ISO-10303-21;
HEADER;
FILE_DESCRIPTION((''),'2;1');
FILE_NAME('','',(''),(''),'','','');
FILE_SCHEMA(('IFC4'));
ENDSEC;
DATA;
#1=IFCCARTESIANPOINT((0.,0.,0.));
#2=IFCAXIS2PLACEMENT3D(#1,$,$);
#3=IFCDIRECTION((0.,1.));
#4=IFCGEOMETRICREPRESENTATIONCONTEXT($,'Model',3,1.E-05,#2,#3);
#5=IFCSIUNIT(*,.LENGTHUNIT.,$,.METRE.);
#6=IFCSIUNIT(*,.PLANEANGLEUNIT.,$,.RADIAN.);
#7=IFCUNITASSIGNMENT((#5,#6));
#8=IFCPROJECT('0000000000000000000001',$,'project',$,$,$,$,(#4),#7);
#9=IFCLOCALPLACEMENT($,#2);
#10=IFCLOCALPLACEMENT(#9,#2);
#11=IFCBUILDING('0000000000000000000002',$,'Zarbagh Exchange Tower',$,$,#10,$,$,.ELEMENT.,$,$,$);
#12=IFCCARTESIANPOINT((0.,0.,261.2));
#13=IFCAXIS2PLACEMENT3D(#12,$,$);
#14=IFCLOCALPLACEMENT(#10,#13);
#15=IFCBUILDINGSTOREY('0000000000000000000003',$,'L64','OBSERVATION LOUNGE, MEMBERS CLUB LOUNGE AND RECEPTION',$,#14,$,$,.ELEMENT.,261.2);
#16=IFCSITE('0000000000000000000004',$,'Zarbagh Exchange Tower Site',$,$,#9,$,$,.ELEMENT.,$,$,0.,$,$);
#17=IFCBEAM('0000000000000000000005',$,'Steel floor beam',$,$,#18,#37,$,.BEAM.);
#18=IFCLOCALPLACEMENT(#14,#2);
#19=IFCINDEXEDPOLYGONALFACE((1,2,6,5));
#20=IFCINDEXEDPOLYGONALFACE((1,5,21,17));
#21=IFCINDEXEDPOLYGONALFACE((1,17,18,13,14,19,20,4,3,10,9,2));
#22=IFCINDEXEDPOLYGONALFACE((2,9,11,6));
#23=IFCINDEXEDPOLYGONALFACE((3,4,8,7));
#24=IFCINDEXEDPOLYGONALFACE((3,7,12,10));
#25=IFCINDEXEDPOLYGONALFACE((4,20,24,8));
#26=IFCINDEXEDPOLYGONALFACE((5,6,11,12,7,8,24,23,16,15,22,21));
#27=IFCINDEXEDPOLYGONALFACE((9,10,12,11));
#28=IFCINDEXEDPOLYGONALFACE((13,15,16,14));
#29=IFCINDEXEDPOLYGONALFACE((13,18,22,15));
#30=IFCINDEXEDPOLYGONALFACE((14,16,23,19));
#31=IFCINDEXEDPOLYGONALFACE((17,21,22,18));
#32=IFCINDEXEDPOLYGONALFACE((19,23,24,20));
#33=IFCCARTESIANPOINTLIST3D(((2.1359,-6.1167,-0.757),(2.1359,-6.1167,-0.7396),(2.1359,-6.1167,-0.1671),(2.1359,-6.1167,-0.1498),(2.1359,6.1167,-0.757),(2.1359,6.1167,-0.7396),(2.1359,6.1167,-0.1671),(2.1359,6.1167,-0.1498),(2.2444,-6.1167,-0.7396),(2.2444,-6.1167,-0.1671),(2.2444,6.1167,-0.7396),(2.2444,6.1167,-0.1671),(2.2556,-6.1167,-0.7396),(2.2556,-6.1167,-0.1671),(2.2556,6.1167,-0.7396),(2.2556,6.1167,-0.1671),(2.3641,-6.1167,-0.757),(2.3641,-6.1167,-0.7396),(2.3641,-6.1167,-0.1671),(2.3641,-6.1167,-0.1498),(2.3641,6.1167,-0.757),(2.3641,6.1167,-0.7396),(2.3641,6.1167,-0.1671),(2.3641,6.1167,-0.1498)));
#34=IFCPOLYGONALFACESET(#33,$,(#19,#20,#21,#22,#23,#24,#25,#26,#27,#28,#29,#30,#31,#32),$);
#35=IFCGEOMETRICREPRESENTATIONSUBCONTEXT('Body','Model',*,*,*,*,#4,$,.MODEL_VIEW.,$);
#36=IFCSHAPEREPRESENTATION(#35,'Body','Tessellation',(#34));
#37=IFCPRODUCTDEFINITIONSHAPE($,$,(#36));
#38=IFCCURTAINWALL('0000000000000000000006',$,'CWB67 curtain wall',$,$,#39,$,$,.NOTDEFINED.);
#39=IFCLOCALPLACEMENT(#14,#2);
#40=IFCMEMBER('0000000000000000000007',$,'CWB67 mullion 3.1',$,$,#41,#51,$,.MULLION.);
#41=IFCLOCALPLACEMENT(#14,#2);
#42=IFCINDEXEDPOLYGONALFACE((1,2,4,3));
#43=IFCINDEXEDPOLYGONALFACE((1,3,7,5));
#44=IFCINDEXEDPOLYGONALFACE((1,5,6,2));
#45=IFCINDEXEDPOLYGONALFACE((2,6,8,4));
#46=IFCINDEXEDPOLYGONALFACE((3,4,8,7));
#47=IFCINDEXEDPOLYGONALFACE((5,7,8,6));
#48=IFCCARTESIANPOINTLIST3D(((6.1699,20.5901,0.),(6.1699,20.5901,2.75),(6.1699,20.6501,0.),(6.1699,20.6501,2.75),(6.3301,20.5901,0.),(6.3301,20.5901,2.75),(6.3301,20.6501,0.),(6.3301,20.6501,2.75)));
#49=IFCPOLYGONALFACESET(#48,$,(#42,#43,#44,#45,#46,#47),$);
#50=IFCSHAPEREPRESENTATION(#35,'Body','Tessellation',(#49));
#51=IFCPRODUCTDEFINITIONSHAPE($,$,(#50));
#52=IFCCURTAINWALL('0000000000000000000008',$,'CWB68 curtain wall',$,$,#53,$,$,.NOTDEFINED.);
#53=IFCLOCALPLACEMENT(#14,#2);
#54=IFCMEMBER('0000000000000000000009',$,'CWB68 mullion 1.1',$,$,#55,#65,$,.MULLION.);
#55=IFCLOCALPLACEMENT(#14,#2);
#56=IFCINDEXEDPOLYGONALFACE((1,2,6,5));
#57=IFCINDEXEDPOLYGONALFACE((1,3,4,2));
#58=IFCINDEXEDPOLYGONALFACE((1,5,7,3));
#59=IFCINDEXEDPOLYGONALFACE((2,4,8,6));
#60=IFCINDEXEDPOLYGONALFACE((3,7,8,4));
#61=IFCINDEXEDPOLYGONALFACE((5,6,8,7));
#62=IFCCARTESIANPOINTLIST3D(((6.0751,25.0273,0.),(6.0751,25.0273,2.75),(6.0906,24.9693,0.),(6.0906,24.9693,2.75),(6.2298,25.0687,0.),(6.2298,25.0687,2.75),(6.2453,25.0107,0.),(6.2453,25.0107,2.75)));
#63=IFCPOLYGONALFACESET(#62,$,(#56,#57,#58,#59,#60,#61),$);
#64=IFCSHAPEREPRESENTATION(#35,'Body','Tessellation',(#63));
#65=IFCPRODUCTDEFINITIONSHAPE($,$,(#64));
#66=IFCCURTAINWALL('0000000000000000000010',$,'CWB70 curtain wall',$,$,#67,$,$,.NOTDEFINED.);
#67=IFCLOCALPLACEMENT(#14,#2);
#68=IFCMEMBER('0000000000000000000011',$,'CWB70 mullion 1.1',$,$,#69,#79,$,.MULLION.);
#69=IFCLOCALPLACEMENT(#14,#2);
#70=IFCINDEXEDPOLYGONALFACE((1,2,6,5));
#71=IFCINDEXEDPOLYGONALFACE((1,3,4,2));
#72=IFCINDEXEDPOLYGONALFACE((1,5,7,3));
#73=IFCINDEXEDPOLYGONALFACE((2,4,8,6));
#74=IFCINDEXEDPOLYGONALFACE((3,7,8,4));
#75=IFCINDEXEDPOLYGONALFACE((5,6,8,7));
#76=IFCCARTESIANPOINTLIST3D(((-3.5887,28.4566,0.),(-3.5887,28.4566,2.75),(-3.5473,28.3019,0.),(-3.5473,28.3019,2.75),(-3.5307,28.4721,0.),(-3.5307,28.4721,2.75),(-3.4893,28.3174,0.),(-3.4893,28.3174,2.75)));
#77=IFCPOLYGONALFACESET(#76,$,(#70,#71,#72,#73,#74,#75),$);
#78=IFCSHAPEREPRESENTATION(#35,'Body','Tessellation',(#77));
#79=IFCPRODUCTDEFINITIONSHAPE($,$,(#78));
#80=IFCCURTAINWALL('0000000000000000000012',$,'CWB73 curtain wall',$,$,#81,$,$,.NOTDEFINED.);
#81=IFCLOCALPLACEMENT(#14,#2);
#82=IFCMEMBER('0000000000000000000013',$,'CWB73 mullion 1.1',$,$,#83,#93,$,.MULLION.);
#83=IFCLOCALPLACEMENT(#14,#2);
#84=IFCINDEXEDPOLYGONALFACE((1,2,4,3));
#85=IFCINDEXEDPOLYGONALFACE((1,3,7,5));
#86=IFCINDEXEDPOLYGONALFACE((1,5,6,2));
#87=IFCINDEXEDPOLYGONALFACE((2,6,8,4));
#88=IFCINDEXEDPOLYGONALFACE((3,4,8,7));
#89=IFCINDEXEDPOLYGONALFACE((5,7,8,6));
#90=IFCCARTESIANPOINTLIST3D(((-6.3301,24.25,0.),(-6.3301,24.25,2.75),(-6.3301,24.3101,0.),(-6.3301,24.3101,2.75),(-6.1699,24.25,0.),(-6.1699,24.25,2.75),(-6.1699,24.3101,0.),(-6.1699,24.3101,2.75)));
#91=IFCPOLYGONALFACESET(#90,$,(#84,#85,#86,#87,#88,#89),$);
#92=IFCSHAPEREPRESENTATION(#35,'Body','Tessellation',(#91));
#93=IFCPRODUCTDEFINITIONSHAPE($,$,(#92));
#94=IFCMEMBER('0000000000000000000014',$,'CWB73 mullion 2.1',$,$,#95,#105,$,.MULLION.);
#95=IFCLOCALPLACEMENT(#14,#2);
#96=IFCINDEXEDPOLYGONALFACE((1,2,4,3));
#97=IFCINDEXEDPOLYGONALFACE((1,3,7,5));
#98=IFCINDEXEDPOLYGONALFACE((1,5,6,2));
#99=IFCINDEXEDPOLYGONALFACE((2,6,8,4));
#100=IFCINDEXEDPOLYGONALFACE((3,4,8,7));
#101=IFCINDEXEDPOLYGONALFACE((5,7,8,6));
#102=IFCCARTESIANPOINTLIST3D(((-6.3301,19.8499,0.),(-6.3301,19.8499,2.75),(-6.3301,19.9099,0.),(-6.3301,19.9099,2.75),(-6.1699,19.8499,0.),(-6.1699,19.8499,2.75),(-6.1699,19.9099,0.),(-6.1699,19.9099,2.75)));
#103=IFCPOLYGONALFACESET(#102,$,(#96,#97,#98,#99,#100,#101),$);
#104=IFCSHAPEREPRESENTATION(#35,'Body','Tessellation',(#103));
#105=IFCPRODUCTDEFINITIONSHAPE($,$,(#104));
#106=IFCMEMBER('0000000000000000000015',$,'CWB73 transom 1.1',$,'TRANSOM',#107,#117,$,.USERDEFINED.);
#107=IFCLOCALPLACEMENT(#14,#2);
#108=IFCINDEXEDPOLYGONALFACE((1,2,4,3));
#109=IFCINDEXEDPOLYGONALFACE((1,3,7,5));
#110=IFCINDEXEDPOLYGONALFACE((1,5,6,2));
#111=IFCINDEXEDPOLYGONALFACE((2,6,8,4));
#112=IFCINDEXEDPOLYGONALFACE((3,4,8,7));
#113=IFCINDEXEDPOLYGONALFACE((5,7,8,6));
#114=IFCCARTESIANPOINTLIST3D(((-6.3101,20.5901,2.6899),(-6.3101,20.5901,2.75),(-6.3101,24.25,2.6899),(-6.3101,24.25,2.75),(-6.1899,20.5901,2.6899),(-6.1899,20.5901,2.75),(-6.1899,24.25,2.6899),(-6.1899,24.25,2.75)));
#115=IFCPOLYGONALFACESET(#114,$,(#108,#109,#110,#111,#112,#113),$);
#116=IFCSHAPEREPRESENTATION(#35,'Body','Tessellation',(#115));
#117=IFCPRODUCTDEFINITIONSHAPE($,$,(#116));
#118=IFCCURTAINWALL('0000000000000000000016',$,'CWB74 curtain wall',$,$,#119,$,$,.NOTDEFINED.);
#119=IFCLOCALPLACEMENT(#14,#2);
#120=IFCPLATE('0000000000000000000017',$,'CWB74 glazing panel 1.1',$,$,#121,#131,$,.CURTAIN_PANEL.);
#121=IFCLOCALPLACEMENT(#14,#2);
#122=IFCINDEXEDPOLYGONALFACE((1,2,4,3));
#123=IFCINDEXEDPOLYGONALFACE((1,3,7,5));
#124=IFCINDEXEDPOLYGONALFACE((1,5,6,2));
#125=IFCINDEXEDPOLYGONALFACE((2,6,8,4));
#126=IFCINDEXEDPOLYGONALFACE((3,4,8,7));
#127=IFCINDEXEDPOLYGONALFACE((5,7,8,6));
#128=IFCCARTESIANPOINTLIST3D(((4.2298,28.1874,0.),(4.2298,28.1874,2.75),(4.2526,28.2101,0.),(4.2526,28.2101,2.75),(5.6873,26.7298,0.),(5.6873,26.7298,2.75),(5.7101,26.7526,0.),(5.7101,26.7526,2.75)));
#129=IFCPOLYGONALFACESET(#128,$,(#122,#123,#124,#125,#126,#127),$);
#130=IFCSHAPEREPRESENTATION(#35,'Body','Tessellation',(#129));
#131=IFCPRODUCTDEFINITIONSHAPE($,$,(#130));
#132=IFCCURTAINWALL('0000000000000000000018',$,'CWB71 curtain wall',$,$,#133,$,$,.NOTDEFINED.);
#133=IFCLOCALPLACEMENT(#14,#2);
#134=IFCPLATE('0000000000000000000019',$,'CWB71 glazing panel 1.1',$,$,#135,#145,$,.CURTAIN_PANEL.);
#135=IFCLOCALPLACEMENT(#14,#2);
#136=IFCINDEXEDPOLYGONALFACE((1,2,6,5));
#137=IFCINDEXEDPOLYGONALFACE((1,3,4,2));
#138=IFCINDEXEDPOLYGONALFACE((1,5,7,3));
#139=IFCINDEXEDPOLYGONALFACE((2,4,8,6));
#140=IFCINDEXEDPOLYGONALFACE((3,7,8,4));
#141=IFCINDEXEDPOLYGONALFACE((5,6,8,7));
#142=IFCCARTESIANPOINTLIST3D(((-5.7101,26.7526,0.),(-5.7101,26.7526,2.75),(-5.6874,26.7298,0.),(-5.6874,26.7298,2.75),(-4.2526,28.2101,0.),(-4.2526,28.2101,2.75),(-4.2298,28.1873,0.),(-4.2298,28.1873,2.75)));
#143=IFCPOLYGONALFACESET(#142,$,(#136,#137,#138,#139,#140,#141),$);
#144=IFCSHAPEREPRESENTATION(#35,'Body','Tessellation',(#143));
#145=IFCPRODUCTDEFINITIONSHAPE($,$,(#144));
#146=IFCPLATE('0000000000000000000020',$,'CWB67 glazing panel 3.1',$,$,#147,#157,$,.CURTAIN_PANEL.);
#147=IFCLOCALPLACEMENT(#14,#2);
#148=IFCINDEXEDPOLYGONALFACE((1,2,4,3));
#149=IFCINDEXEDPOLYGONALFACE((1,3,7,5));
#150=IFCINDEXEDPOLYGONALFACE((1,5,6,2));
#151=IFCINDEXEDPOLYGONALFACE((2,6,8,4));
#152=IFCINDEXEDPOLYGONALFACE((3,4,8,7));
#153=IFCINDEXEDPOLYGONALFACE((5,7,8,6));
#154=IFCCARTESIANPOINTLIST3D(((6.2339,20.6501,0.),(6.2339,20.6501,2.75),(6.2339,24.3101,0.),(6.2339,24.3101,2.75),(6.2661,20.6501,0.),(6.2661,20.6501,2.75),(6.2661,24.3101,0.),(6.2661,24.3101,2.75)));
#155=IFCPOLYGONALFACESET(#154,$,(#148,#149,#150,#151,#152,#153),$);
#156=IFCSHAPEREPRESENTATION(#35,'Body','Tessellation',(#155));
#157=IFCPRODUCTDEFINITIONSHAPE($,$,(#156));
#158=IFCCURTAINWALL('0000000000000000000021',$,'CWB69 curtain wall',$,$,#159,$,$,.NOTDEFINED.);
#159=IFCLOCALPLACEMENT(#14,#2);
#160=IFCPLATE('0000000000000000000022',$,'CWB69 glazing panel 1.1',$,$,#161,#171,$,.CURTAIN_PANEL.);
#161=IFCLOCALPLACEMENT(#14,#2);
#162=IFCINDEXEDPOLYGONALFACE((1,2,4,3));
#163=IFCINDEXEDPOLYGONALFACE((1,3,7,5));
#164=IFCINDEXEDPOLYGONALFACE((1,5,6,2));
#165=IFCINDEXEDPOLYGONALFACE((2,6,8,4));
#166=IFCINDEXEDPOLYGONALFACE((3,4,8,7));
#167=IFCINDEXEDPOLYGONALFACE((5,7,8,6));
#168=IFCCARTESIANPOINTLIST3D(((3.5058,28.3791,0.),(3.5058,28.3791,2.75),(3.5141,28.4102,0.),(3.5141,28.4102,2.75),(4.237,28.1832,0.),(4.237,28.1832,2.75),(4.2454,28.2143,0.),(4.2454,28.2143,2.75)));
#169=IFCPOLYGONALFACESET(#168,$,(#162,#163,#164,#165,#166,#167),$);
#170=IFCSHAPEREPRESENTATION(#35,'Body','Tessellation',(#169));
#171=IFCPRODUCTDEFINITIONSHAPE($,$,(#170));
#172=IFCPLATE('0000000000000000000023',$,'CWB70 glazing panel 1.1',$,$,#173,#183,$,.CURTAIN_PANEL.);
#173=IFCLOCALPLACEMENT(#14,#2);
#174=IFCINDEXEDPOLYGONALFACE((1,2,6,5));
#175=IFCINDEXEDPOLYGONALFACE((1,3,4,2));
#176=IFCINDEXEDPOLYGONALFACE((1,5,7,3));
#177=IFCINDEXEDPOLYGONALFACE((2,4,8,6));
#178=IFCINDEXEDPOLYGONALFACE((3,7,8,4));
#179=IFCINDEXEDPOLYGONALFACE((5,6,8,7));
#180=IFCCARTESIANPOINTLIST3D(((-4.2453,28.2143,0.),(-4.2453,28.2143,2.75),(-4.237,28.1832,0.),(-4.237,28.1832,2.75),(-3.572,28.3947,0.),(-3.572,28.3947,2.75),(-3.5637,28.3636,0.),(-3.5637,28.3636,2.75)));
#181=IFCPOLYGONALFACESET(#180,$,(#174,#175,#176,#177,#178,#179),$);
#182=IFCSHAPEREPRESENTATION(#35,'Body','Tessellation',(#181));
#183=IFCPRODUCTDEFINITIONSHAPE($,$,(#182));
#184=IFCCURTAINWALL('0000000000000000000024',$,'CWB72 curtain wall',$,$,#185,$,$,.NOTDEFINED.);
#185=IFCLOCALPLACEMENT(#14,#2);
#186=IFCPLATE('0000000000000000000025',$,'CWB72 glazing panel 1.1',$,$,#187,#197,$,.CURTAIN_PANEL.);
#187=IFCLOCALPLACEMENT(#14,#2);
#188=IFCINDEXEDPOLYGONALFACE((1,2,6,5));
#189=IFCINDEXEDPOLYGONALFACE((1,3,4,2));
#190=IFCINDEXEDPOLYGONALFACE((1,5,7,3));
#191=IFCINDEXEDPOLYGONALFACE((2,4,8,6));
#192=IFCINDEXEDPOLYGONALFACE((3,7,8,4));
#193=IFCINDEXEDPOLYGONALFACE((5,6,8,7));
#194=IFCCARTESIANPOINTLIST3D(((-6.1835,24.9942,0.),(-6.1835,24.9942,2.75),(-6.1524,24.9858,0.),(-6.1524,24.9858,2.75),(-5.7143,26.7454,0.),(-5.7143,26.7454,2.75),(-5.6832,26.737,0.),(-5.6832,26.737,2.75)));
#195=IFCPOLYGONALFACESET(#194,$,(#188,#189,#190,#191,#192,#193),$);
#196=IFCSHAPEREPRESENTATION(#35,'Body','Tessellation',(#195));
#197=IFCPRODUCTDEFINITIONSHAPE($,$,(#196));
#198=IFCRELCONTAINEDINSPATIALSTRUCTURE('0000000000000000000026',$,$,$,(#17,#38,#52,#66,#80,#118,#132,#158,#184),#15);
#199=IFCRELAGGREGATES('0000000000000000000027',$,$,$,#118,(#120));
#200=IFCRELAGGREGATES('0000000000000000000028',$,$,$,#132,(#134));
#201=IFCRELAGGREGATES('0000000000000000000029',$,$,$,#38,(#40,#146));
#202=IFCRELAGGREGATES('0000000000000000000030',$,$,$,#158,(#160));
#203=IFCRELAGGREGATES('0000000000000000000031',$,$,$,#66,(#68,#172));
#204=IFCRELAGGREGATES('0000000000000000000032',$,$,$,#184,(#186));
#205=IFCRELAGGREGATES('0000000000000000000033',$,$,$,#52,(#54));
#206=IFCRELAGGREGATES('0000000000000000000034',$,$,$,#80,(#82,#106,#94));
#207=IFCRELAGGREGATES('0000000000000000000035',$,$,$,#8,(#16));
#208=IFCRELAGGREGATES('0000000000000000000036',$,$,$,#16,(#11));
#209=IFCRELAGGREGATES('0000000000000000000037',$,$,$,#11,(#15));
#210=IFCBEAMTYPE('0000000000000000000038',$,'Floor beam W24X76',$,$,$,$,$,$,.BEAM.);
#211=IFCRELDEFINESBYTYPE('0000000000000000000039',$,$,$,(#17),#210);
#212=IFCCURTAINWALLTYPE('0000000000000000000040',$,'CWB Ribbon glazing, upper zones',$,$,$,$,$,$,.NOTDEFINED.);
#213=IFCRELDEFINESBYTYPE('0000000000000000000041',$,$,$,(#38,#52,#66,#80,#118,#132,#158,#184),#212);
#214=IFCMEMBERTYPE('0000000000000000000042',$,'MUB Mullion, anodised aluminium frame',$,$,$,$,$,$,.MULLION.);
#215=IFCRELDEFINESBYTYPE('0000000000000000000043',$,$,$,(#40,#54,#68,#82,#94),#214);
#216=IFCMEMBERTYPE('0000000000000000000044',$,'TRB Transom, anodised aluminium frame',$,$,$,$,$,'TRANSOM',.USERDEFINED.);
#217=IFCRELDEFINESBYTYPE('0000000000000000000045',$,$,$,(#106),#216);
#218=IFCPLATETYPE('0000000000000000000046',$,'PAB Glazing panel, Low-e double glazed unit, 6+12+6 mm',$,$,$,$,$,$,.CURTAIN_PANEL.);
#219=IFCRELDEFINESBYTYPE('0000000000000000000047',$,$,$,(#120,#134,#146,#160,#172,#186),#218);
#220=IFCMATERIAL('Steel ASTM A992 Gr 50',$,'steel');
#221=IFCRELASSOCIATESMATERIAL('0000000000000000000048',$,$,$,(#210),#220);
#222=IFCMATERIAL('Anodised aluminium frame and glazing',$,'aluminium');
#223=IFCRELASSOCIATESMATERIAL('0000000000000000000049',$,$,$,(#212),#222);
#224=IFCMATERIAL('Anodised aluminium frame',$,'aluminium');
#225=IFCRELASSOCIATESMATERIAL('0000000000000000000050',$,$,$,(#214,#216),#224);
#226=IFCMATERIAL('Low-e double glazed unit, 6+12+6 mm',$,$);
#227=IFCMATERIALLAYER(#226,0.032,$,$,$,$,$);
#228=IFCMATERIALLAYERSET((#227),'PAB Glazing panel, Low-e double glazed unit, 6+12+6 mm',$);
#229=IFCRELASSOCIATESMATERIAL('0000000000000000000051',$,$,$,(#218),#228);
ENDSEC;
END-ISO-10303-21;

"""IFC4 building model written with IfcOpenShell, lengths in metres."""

from ifc_helpers import new_model, si_unit, direction, frame, origin, origin_2d, place, context, subcontext, project, spatial, polyline, i_section, outline, extrude, source, transform, mapped, material, layer, layer_set, material_profile, profile_set, type_object, element, aggregate, save


model = new_model("IFC4")

# Units and contexts
model_context = context("Model", 3, precision=1e-05, world=origin(), true_north=direction((0.0, 1.0)))
body_context = subcontext(model_context, "Body", "Model", "MODEL_VIEW")
ifc_project = project(units=[si_unit("LENGTHUNIT", "METRE"), si_unit("PLANEANGLEUNIT", "RADIAN")], contexts=[model_context])

# Site, building, storey
site_placement = place(None, origin())
site = spatial("IfcSite", under=ifc_project, at=site_placement, Name="Zarbagh Exchange Tower Site", CompositionType="ELEMENT", RefElevation=0.0)
building_placement = place(site_placement, origin())
building = spatial("IfcBuilding", under=site, at=building_placement, Name="Zarbagh Exchange Tower", CompositionType="ELEMENT")
storey_placement = place(building_placement, frame((0.0, 0.0, 261.2)))
storey = spatial("IfcBuildingStorey", under=building, at=storey_placement, Name="L64", Description="OBSERVATION LOUNGE, MEMBERS CLUB LOUNGE AND RECEPTION", CompositionType="ELEMENT", Elevation=261.2)

# Beam
ifc_material_1 = material(Name="Steel ASTM A992 Gr 50", Category="steel")
ifc_material_profile = material_profile(ifc_material_1, i_section(OverallWidth=0.2283, OverallDepth=0.6072, WebThickness=0.0112, FlangeThickness=0.0173, at=origin_2d()), Name="W24X76")
ifc_profile_set = profile_set([ifc_material_profile], Name="Steel ASTM A992 Gr 50")
beam_type = type_object("IfcBeamType", Name="Floor beam W24X76", PredefinedType="BEAM", material=ifc_profile_set)
beam_placement = place(storey_placement, frame((2.25, -6.1167, -0.4534), z_axis=(0.0, 1.0, 0.0), x_axis=(-1.0, 0.0, 0.0)))
element("IfcBeam", 1, at=beam_placement, inside=storey, type_object=beam_type, Name="Steel floor beam", PredefinedType="BEAM", context=body_context, shape_type="SweptSolid", body=[
    extrude(i_section(OverallWidth=0.2283, OverallDepth=0.6072, WebThickness=0.0112, FlangeThickness=0.0173, at=origin_2d()), origin(), (0.0, 0.0, 1.0), 12.2334),
])

# Curtain walls, members
ifc_material_2 = material(Name="Anodised aluminium frame and glazing", Category="aluminium")
curtain_wall_type = type_object("IfcCurtainWallType", Name="CWB Ribbon glazing, upper zones", PredefinedType="NOTDEFINED", material=ifc_material_2)
curtain_wall_1_placement = place(storey_placement, origin())
curtain_wall_1 = element("IfcCurtainWall", 2, at=curtain_wall_1_placement, inside=storey, type_object=curtain_wall_type, Name="CWB67 curtain wall", PredefinedType="NOTDEFINED")
ifc_material_3 = material(Name="Anodised aluminium frame", Category="aluminium")
member_type_1 = type_object("IfcMemberType", Name="MUB Mullion, anodised aluminium frame", PredefinedType="MULLION", material=ifc_material_3)
shared_shape_1 = source(origin(), body_context, "Body", "SweptSolid", [
    extrude(outline(polyline([(0.0, -0.0801), (0.0601, -0.0801), (0.0601, 0.0801), (0.0, 0.0801), (0.0, -0.0801)])), origin(), (0.0, 0.0, 1.0), 2.75),
])
placement = place(storey_placement, origin())
member_1 = element("IfcMember", 3, at=placement, type_object=member_type_1, Name="CWB67 mullion 3.1", PredefinedType="MULLION", context=body_context, shape_type="MappedRepresentation", body=[
    mapped(shared_shape_1, transform((6.25, 20.5901, 0.0), x_axis=(0.0, 1.0, 0.0), y_axis=(-1.0, 0.0, 0.0), z_axis=(0.0, 0.0, 1.0))),
])
curtain_wall_2_placement = place(storey_placement, origin())
curtain_wall_2 = element("IfcCurtainWall", 4, at=curtain_wall_2_placement, inside=storey, type_object=curtain_wall_type, Name="CWB68 curtain wall", PredefinedType="NOTDEFINED")
member_2 = element("IfcMember", 5, at=placement, type_object=member_type_1, Name="CWB68 mullion 1.1", PredefinedType="MULLION", context=body_context, shape_type="MappedRepresentation", body=[
    mapped(shared_shape_1, transform((6.168, 24.99, 0.0), x_axis=(-0.258825, 0.965924, 0.0), y_axis=(-0.965924, -0.258825, 0.0), z_axis=(0.0, 0.0, 1.0))),
])
curtain_wall_3_placement = place(storey_placement, origin())
curtain_wall_3 = element("IfcCurtainWall", 6, at=curtain_wall_3_placement, inside=storey, type_object=curtain_wall_type, Name="CWB70 curtain wall", PredefinedType="NOTDEFINED")
member_3 = element("IfcMember", 7, at=placement, type_object=member_type_1, Name="CWB70 mullion 1.1", PredefinedType="MULLION", context=body_context, shape_type="MappedRepresentation", body=[
    mapped(shared_shape_1, transform((-3.51, 28.3948, 0.0), x_axis=(-0.965924, -0.258825, 0.0), y_axis=(0.258825, -0.965924, 0.0), z_axis=(0.0, 0.0, 1.0))),
])

# Curtain wall, members
curtain_wall_4_placement = place(storey_placement, origin())
curtain_wall_4 = element("IfcCurtainWall", 8, at=curtain_wall_4_placement, inside=storey, type_object=curtain_wall_type, Name="CWB73 curtain wall", PredefinedType="NOTDEFINED")
member_4 = element("IfcMember", 9, at=placement, type_object=member_type_1, Name="CWB73 mullion 1.1", PredefinedType="MULLION", context=body_context, shape_type="MappedRepresentation", body=[
    mapped(shared_shape_1, transform((-6.25, 24.3101, 0.0), x_axis=(0.0, -1.0, 0.0), y_axis=(1.0, 0.0, 0.0), z_axis=(0.0, 0.0, 1.0))),
])
member_5 = element("IfcMember", 10, at=placement, type_object=member_type_1, Name="CWB73 mullion 2.1", PredefinedType="MULLION", context=body_context, shape_type="MappedRepresentation", body=[
    mapped(shared_shape_1, transform((-6.25, 19.9099, 0.0), x_axis=(0.0, -1.0, 0.0), y_axis=(1.0, 0.0, 0.0), z_axis=(0.0, 0.0, 1.0))),
])
member_type_2 = type_object("IfcMemberType", Name="TRB Transom, anodised aluminium frame", ElementType="TRANSOM", PredefinedType="USERDEFINED", material=ifc_material_3)
shared_shape_2 = source(origin(), body_context, "Body", "SweptSolid", [
    extrude(outline(polyline([(-0.0601, -0.0601), (0.0, -0.0601), (0.0, 0.0601), (-0.0601, 0.0601), (-0.0601, -0.0601)])), origin(), (0.0, 0.0, 1.0), 3.6599),
])
member_6 = element("IfcMember", 11, at=placement, type_object=member_type_2, Name="CWB73 transom 1.1", ObjectType="TRANSOM", PredefinedType="USERDEFINED", context=body_context, shape_type="MappedRepresentation", body=[
    mapped(shared_shape_2, transform((-6.25, 24.25, 2.75), x_axis=(0.0, 0.0, 1.0), y_axis=(-1.0, 0.0, 0.0), z_axis=(0.0, -1.0, 0.0))),
])

# Curtain walls, plates
curtain_wall_5_placement = place(storey_placement, origin())
curtain_wall_5 = element("IfcCurtainWall", 12, at=curtain_wall_5_placement, inside=storey, type_object=curtain_wall_type, Name="CWB74 curtain wall", PredefinedType="NOTDEFINED")
ifc_material_4 = material(Name="Low-e double glazed unit, 6+12+6 mm")
ifc_layer_1 = layer(ifc_material_4, 0.032)
ifc_layer_set_1 = layer_set([ifc_layer_1], Name="PAB Glazing panel, Low-e double glazed unit, 6+12+6 mm")
plate_type = type_object("IfcPlateType", Name="PAB Glazing panel, Low-e double glazed unit, 6+12+6 mm", PredefinedType="CURTAIN_PANEL", material=ifc_layer_set_1)
shared_shape_3 = source(origin(), body_context, "Body", "SweptSolid", [
    extrude(outline(polyline([(0.0, -0.0161), (2.0613, -0.0161), (2.0613, 0.0161), (0.0, 0.0161), (0.0, -0.0161)])), origin(), (0.0, 0.0, 1.0), 2.75),
])
plate_1 = element("IfcPlate", 13, at=placement, type_object=plate_type, Name="CWB74 glazing panel 1.1", PredefinedType="CURTAIN_PANEL", context=body_context, shape_type="MappedRepresentation", body=[
    mapped(shared_shape_3, transform((5.6987, 26.7412, 0.0), x_axis=(-0.707107, 0.707107, 0.0), y_axis=(-0.707107, -0.707107, 0.0), z_axis=(0.0, 0.0, 1.0))),
])
aggregate(curtain_wall_5, [plate_1])
curtain_wall_6_placement = place(storey_placement, origin())
curtain_wall_6 = element("IfcCurtainWall", 14, at=curtain_wall_6_placement, inside=storey, type_object=curtain_wall_type, Name="CWB71 curtain wall", PredefinedType="NOTDEFINED")
plate_2 = element("IfcPlate", 15, at=placement, type_object=plate_type, Name="CWB71 glazing panel 1.1", PredefinedType="CURTAIN_PANEL", context=body_context, shape_type="MappedRepresentation", body=[
    mapped(shared_shape_3, transform((-4.2412, 28.1987, 0.0), x_axis=(-0.707107, -0.707107, 0.0), y_axis=(0.707107, -0.707107, 0.0), z_axis=(0.0, 0.0, 1.0))),
])
aggregate(curtain_wall_6, [plate_2])

# Plate
shared_shape_4 = source(origin(), body_context, "Body", "SweptSolid", [
    extrude(outline(polyline([(0.0, -0.0161), (3.6599, -0.0161), (3.6599, 0.0161), (0.0, 0.0161), (0.0, -0.0161)])), origin(), (0.0, 0.0, 1.0), 2.75),
])
plate_3 = element("IfcPlate", 16, at=placement, type_object=plate_type, Name="CWB67 glazing panel 3.1", PredefinedType="CURTAIN_PANEL", context=body_context, shape_type="MappedRepresentation", body=[
    mapped(shared_shape_4, transform((6.25, 20.6501, 0.0), x_axis=(0.0, 1.0, 0.0), y_axis=(-1.0, 0.0, 0.0), z_axis=(0.0, 0.0, 1.0))),
])
aggregate(curtain_wall_1, [member_1, plate_3])

# Curtain wall, plate
curtain_wall_7_placement = place(storey_placement, origin())
curtain_wall_7 = element("IfcCurtainWall", 17, at=curtain_wall_7_placement, inside=storey, type_object=curtain_wall_type, Name="CWB69 curtain wall", PredefinedType="NOTDEFINED")
shared_shape_5 = source(origin(), body_context, "Body", "SweptSolid", [
    extrude(outline(polyline([(0.0, -0.0161), (0.7571, -0.0161), (0.7571, 0.0161), (0.0, 0.0161), (0.0, -0.0161)])), origin(), (0.0, 0.0, 1.0), 2.75),
])
plate_4 = element("IfcPlate", 18, at=placement, type_object=plate_type, Name="CWB69 glazing panel 1.1", PredefinedType="CURTAIN_PANEL", context=body_context, shape_type="MappedRepresentation", body=[
    mapped(shared_shape_5, transform((4.2412, 28.1987, 0.0), x_axis=(-0.965924, 0.258825, 0.0), y_axis=(-0.258825, -0.965924, 0.0), z_axis=(0.0, 0.0, 1.0))),
])
aggregate(curtain_wall_7, [plate_4])

# Plate
shared_shape_6 = source(origin(), body_context, "Body", "SweptSolid", [
    extrude(outline(polyline([(0.0, -0.0161), (0.697, -0.0161), (0.697, 0.0161), (0.0, 0.0161), (0.0, -0.0161)])), origin(), (0.0, 0.0, 1.0), 2.75),
])
plate_5 = element("IfcPlate", 19, at=placement, type_object=plate_type, Name="CWB70 glazing panel 1.1", PredefinedType="CURTAIN_PANEL", context=body_context, shape_type="MappedRepresentation", body=[
    mapped(shared_shape_6, transform((-3.5679, 28.3792, 0.0), x_axis=(-0.965924, -0.258825, 0.0), y_axis=(0.258825, -0.965924, 0.0), z_axis=(0.0, 0.0, 1.0))),
])
aggregate(curtain_wall_3, [member_3, plate_5])

# Curtain wall, plate
curtain_wall_8_placement = place(storey_placement, origin())
curtain_wall_8 = element("IfcCurtainWall", 20, at=curtain_wall_8_placement, inside=storey, type_object=curtain_wall_type, Name="CWB72 curtain wall", PredefinedType="NOTDEFINED")
shared_shape_7 = source(origin(), body_context, "Body", "SweptSolid", [
    extrude(outline(polyline([(0.0, -0.0161), (1.813, -0.0161), (1.813, 0.0161), (0.0, 0.0161), (0.0, -0.0161)])), origin(), (0.0, 0.0, 1.0), 2.75),
])
plate_6 = element("IfcPlate", 21, at=placement, type_object=plate_type, Name="CWB72 glazing panel 1.1", PredefinedType="CURTAIN_PANEL", context=body_context, shape_type="MappedRepresentation", body=[
    mapped(shared_shape_7, transform((-5.6987, 26.7412, 0.0), x_axis=(-0.258825, -0.965924, 0.0), y_axis=(0.965924, -0.258825, 0.0), z_axis=(0.0, 0.0, 1.0))),
])
aggregate(curtain_wall_8, [plate_6])

aggregate(curtain_wall_2, [member_2])
aggregate(curtain_wall_4, [member_4, member_6, member_5])

save(model, "model.ifc")
